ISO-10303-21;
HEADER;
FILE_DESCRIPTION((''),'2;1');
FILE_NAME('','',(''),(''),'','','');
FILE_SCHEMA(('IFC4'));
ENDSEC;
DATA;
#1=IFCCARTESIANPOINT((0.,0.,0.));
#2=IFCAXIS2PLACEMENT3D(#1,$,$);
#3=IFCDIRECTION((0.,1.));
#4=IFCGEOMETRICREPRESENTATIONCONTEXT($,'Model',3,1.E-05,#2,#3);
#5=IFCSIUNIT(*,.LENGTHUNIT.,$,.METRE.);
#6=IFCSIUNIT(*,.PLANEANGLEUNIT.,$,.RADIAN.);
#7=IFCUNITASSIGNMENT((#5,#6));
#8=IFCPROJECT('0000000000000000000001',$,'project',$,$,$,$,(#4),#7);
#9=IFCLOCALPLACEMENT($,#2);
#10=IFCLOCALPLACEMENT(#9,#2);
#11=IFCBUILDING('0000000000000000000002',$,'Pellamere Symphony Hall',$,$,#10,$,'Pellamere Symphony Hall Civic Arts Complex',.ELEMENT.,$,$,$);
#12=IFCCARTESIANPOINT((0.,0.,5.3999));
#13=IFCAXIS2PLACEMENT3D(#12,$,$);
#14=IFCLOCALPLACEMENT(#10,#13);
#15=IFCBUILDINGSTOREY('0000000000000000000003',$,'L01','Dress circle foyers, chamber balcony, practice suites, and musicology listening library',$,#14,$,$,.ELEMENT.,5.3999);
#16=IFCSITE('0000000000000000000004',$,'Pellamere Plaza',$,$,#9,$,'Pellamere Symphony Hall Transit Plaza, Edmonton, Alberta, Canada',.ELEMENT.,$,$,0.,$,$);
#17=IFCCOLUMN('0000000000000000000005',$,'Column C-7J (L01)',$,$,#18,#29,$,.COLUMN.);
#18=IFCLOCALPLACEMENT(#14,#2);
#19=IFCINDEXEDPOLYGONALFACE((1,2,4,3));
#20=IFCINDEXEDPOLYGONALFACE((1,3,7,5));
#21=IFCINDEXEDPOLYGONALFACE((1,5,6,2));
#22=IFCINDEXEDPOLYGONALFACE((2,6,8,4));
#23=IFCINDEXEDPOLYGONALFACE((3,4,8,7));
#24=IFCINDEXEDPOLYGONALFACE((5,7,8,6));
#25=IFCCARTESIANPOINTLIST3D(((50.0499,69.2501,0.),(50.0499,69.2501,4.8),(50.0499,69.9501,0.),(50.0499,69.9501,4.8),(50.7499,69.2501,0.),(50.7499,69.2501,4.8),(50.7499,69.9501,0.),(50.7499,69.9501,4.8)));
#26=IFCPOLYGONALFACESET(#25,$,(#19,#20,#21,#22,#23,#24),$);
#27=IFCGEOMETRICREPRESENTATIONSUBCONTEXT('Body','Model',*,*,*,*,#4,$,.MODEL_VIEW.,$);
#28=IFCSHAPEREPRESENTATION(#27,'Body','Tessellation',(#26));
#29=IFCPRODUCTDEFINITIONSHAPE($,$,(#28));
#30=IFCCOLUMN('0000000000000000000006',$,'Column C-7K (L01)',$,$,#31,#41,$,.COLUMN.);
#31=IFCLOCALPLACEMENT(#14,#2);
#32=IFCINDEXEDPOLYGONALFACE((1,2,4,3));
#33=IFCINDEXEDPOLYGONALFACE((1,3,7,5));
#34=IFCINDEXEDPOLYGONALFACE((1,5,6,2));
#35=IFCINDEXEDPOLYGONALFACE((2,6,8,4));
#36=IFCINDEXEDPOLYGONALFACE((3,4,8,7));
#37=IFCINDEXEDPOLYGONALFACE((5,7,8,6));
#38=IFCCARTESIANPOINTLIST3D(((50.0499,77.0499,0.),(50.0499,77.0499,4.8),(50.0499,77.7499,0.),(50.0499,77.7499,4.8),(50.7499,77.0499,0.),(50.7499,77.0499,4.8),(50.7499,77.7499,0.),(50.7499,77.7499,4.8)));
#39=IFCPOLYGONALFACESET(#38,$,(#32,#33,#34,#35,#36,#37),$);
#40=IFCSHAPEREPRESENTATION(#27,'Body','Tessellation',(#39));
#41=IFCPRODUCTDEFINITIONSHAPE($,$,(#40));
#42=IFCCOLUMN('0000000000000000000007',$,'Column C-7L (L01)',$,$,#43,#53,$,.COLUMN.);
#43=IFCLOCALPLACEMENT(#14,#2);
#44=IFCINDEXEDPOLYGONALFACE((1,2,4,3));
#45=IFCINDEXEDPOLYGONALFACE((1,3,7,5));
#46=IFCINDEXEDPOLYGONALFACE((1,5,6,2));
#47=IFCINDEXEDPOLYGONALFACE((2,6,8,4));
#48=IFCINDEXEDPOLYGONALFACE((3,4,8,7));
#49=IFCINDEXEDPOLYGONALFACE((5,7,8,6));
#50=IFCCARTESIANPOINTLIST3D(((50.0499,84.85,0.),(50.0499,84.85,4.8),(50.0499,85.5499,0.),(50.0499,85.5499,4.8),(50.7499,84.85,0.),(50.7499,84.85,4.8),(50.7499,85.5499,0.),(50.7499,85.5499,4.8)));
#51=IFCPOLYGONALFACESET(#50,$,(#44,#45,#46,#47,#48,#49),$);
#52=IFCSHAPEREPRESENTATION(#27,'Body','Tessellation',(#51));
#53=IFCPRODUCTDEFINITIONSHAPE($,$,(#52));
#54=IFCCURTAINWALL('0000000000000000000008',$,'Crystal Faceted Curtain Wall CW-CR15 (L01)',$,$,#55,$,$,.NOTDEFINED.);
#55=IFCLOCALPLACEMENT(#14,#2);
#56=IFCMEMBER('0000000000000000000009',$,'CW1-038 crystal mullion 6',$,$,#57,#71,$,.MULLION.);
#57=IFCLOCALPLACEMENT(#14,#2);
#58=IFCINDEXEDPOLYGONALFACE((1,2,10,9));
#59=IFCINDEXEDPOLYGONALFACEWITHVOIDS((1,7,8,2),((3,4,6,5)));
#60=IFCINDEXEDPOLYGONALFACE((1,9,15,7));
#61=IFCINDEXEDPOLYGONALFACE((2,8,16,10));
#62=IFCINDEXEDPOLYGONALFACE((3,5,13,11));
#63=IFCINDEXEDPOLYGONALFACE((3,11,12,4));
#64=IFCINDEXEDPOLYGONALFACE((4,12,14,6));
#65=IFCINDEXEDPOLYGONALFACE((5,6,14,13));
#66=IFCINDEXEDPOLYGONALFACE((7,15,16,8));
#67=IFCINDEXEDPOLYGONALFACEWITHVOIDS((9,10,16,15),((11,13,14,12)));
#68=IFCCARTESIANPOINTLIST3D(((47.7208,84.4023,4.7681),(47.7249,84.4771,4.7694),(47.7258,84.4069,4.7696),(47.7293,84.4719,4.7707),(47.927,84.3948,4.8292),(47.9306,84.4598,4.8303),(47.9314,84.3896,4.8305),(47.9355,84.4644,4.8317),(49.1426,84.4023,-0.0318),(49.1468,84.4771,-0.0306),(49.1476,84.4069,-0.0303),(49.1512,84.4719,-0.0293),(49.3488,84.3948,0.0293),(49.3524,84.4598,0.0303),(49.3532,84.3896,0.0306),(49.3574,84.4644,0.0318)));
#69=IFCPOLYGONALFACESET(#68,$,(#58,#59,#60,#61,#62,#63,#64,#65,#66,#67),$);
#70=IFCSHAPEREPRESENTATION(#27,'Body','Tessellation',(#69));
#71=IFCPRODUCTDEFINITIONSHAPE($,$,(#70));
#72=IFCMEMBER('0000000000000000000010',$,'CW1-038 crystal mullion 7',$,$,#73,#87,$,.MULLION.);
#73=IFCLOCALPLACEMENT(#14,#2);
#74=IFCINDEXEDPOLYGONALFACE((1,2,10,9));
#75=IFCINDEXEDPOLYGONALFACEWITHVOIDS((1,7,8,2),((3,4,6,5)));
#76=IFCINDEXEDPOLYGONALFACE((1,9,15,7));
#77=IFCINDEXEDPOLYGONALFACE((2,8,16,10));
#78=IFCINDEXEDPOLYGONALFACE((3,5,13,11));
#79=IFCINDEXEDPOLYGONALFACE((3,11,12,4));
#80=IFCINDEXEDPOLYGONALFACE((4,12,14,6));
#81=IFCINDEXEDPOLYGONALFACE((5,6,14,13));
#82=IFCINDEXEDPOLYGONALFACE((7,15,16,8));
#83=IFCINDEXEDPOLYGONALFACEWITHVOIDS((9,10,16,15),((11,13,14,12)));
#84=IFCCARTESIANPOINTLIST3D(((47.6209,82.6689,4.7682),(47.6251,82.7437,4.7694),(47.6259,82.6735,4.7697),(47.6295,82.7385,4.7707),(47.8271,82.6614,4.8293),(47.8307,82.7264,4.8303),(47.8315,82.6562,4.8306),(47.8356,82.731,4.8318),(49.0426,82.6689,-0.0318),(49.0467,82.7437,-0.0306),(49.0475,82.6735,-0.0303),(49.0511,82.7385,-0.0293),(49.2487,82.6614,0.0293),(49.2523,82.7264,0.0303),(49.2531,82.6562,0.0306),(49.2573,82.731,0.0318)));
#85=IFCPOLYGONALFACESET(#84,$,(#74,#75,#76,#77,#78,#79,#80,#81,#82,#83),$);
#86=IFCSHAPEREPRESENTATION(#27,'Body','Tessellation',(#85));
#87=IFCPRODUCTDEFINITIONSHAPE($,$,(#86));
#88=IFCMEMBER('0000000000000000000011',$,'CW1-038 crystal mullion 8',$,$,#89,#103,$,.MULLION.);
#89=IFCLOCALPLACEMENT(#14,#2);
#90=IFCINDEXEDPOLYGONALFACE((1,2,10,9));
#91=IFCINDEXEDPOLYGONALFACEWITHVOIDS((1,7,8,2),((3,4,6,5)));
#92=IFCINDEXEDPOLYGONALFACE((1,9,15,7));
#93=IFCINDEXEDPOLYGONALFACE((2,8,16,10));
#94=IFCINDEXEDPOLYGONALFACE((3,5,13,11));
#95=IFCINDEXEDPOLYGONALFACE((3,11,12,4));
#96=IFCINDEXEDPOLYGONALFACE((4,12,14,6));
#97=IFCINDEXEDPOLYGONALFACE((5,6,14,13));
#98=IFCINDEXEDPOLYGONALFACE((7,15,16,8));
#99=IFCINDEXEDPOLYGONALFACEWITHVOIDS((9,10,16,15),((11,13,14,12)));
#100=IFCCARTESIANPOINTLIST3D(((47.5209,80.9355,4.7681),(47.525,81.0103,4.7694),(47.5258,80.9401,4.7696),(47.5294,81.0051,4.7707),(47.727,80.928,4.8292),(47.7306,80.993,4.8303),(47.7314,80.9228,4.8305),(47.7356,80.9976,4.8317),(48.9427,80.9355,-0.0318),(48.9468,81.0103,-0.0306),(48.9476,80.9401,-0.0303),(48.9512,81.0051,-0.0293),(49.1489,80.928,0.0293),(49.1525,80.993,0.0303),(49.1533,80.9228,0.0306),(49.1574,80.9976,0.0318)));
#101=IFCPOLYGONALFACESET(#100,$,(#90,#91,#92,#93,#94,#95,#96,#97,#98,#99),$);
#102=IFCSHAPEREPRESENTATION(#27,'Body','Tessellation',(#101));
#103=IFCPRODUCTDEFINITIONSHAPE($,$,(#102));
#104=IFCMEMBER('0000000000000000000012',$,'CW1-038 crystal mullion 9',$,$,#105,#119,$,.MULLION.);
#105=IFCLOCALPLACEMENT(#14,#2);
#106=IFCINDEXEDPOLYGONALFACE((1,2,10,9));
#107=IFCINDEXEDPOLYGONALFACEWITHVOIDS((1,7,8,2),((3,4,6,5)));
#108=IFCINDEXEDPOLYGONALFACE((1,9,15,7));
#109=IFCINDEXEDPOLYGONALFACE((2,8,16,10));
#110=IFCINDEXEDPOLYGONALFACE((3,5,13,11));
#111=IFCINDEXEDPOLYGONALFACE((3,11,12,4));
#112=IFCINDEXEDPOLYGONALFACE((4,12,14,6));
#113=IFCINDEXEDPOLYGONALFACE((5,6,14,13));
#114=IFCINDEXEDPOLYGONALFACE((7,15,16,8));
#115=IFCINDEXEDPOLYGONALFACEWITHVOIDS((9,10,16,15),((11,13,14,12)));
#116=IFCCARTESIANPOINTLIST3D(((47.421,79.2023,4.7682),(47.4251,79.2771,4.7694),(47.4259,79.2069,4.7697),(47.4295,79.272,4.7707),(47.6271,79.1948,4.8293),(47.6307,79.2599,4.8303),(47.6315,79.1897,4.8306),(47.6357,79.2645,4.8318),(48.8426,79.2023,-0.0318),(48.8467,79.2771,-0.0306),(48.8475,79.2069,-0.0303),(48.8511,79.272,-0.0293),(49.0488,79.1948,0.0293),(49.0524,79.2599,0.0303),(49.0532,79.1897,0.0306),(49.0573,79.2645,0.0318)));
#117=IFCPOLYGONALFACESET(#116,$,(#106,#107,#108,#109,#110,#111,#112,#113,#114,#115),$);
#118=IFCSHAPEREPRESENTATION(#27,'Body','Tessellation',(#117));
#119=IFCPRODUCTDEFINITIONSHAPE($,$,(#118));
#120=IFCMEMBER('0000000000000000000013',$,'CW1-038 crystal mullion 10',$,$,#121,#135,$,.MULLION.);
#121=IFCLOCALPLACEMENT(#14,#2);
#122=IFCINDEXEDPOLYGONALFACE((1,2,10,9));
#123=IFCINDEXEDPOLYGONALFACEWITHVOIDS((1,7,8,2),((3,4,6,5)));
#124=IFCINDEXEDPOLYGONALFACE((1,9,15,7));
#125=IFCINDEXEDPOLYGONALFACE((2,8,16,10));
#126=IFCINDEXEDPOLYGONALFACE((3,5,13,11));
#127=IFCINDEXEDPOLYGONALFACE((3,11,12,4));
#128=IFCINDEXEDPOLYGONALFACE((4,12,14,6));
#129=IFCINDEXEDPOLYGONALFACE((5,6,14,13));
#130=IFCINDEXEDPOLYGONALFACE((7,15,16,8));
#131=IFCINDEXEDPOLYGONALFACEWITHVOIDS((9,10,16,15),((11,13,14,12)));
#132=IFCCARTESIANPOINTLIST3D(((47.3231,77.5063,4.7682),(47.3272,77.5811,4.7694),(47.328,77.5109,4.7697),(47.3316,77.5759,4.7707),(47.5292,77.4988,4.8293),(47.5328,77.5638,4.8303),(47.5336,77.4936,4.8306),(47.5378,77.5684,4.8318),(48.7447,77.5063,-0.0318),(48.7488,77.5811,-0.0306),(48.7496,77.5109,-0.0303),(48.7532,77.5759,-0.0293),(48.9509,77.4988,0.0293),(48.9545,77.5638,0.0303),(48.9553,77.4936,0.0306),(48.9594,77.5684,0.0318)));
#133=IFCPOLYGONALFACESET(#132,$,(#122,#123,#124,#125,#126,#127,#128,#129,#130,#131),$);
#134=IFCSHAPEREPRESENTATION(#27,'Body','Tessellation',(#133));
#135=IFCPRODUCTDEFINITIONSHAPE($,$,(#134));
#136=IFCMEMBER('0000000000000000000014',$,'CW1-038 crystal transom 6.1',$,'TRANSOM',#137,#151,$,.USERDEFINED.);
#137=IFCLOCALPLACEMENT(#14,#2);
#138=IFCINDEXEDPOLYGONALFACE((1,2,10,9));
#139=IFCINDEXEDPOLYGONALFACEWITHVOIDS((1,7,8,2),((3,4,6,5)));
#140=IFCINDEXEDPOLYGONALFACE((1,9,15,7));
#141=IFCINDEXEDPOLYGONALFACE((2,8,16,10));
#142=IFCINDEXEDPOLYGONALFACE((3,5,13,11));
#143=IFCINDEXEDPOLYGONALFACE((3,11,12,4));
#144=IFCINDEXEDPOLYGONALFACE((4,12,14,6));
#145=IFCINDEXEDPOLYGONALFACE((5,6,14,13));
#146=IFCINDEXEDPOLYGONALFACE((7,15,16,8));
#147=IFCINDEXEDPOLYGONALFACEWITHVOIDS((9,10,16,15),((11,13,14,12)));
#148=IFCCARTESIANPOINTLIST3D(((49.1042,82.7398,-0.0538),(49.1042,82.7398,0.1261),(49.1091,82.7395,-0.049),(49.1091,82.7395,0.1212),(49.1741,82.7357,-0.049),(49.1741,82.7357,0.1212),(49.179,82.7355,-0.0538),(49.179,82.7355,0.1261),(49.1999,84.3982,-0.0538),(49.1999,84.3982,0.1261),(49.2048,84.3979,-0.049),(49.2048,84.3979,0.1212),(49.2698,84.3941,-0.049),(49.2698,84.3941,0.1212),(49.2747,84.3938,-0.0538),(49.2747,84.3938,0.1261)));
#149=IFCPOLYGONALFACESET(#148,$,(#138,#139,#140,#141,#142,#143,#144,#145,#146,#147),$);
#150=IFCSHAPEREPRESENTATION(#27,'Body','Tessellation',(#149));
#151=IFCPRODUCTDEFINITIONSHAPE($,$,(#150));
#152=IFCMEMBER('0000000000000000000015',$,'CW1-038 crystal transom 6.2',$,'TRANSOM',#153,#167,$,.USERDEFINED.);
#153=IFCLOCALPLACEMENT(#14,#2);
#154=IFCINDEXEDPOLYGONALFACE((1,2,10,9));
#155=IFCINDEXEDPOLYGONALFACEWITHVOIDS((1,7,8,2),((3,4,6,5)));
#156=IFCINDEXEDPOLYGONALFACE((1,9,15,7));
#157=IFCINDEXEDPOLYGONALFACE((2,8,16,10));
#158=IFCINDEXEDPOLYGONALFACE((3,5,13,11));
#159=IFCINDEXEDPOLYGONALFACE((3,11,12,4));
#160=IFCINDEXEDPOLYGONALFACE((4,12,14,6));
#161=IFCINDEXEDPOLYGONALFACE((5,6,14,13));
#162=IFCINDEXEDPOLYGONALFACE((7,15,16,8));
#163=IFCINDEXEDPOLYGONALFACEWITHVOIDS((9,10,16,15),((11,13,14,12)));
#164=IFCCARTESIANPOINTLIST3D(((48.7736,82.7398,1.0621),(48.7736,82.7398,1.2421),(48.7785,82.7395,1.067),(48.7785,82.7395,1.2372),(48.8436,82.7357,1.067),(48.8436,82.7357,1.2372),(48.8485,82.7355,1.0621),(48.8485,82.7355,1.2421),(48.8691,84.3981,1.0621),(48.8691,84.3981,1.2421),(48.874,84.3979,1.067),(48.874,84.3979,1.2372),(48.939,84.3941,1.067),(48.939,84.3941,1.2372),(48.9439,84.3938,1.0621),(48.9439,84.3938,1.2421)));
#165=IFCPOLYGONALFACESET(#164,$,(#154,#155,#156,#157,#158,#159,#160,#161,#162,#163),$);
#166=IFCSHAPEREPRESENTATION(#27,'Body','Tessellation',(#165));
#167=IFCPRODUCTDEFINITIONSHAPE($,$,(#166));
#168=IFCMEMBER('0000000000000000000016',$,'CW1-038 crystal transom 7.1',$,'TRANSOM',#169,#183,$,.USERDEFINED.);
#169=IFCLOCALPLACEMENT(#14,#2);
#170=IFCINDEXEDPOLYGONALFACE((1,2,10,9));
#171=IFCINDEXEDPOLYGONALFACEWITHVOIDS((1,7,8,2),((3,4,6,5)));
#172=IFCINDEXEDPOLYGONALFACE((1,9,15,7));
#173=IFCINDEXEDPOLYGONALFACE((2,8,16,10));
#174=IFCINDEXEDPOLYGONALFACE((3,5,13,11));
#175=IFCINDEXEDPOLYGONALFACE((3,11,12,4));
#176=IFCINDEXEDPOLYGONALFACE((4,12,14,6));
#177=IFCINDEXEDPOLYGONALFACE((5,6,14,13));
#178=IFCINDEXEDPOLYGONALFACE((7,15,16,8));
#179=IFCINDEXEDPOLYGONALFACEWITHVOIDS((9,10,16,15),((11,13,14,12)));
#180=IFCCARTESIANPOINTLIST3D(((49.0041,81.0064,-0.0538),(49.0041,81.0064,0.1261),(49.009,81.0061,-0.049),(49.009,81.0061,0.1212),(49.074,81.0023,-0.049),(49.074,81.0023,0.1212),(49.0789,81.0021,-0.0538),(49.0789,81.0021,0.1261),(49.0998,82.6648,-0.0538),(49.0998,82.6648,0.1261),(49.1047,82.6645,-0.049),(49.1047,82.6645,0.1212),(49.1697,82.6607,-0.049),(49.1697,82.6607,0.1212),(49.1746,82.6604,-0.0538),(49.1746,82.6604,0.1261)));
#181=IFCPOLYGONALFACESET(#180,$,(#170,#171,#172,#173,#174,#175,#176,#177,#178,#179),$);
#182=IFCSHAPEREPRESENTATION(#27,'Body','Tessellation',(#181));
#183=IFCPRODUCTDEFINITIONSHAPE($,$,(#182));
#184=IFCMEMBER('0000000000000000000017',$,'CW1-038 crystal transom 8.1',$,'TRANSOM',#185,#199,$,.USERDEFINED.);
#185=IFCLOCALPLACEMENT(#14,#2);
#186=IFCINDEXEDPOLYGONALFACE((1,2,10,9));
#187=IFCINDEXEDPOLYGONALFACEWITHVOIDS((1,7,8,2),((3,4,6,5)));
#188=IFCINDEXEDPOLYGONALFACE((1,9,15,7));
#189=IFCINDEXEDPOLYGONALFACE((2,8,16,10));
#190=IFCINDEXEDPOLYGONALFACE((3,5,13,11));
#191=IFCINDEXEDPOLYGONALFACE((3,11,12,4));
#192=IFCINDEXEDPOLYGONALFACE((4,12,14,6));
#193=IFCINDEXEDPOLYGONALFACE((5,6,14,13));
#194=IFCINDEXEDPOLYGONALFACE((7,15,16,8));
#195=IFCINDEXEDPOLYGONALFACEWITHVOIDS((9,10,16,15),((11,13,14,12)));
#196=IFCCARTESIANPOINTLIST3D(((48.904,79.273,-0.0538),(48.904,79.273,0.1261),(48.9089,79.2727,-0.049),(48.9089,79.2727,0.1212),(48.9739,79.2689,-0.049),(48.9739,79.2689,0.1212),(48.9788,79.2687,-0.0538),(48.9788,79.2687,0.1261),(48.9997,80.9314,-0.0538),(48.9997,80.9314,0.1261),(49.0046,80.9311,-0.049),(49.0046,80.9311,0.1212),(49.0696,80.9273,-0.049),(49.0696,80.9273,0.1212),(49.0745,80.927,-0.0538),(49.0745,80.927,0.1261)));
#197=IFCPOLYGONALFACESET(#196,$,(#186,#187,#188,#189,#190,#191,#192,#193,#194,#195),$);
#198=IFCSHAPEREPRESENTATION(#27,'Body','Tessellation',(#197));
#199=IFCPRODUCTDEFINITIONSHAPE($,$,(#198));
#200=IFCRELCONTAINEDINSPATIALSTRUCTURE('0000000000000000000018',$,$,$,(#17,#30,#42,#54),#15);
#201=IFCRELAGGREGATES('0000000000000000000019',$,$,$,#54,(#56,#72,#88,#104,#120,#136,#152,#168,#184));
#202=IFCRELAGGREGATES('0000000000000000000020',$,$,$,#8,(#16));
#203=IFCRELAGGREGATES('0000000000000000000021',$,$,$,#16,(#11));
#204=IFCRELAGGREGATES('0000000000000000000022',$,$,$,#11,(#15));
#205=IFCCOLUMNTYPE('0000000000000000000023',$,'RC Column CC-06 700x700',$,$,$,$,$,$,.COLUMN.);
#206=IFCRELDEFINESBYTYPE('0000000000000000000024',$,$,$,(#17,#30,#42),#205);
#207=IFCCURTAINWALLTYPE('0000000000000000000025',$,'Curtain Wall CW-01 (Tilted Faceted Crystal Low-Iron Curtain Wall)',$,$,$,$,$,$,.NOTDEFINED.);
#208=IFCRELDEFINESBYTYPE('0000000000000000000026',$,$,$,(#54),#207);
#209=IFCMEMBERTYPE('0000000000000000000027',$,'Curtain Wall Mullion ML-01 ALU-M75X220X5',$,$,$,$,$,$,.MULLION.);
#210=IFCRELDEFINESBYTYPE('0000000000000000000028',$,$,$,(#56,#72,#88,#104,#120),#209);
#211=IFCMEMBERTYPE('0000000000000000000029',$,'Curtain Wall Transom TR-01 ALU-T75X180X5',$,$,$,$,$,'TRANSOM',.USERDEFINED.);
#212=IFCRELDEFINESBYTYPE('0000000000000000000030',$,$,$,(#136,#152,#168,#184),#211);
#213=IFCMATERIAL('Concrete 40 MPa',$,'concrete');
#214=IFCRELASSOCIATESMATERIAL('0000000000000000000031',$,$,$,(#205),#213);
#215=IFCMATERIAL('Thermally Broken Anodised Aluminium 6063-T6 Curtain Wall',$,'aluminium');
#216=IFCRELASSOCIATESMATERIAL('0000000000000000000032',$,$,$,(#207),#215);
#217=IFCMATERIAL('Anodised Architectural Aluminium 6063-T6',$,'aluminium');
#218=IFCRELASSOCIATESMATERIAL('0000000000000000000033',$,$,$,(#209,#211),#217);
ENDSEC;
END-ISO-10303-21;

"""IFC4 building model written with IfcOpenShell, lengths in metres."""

from ifc_helpers import new_model, si_unit, direction, frame, origin, origin_2d, place, context, subcontext, project, spatial, rectangle, hollow_rectangle, extrude, material, material_profile, profile_set, type_object, element, aggregate, save


model = new_model("IFC4")

# Units and contexts
model_context = context("Model", 3, precision=1e-05, world=origin(), true_north=direction((0.0, 1.0)))
body_context = subcontext(model_context, "Body", "Model", "MODEL_VIEW")
ifc_project = project(units=[si_unit("LENGTHUNIT", "METRE"), si_unit("PLANEANGLEUNIT", "RADIAN")], contexts=[model_context])

# Site, building, storey
site_placement = place(None, origin())
site = spatial("IfcSite", under=ifc_project, at=site_placement, Name="Pellamere Plaza", LongName="Pellamere Symphony Hall Transit Plaza, Edmonton, Alberta, Canada", CompositionType="ELEMENT", RefElevation=0.0)
building_placement = place(site_placement, origin())
building = spatial("IfcBuilding", under=site, at=building_placement, Name="Pellamere Symphony Hall", LongName="Pellamere Symphony Hall Civic Arts Complex", CompositionType="ELEMENT")
storey_placement = place(building_placement, frame((0.0, 0.0, 5.3999)))
storey = spatial("IfcBuildingStorey", under=building, at=storey_placement, Name="L01", Description="Dress circle foyers, chamber balcony, practice suites, and musicology listening library", CompositionType="ELEMENT", Elevation=5.3999)

# Columns
ifc_material_1 = material(Name="Concrete 40 MPa", Category="concrete")
ifc_material_profile_1 = material_profile(ifc_material_1, rectangle(XDim=0.7, YDim=0.7, at=origin_2d()), Name="RC 700x700")
ifc_profile_set_1 = profile_set([ifc_material_profile_1], Name="Concrete 40 MPa")
column_type = type_object("IfcColumnType", Name="RC Column CC-06 700x700", PredefinedType="COLUMN", material=ifc_profile_set_1)
for number, where, z_axis, x_axis, name in (
    (1, (50.3999, 69.6001, 0.0), (0.0, 0.0, 1.0), (1.0, 0.0, 0.0), "Column C-7J (L01)"),
    (2, (50.3999, 77.3999, 0.0), (0.0, 0.0, 1.0), (1.0, 0.0, 0.0), "Column C-7K (L01)"),
    (3, (50.3999, 85.2, 0.0), (0.0, 0.0, 1.0), (1.0, 0.0, 0.0), "Column C-7L (L01)"),
):
    element("IfcColumn", number, at=place(storey_placement, frame(where, z_axis=z_axis, x_axis=x_axis)), inside=storey, type_object=column_type, Name=name, PredefinedType="COLUMN", context=body_context, shape_type="SweptSolid", body=[
        extrude(rectangle(XDim=0.7, YDim=0.7, at=origin_2d()), origin(), (0.0, 0.0, 1.0), 4.8),
    ])

# Curtain wall, members
ifc_material_2 = material(Name="Thermally Broken Anodised Aluminium 6063-T6 Curtain Wall", Category="aluminium")
curtain_wall_type = type_object("IfcCurtainWallType", Name="Curtain Wall CW-01 (Tilted Faceted Crystal Low-Iron Curtain Wall)", PredefinedType="NOTDEFINED", material=ifc_material_2)
curtain_wall_1_placement = place(storey_placement, origin())
curtain_wall_1 = element("IfcCurtainWall", 4, at=curtain_wall_1_placement, inside=storey, type_object=curtain_wall_type, Name="Crystal Faceted Curtain Wall CW-CR15 (L01)", PredefinedType="NOTDEFINED")
ifc_material_3 = material(Name="Anodised Architectural Aluminium 6063-T6", Category="aluminium")
ifc_material_profile_2 = material_profile(ifc_material_3, hollow_rectangle(XDim=0.075, YDim=0.22, WallThickness=0.0049, at=origin_2d()), Name="ALU-M75X220X5")
ifc_profile_set_2 = profile_set([ifc_material_profile_2], Name="Anodised Architectural Aluminium 6063-T6")
member_type_1 = type_object("IfcMemberType", Name="Curtain Wall Mullion ML-01 ALU-M75X220X5", PredefinedType="MULLION", material=ifc_profile_set_2)
member_1_placement = place(storey_placement, frame((49.25, 84.4333, 0.0), z_axis=(-0.284022, 0.0, 0.958818), x_axis=(-0.055225, -0.99834, -0.016359)))
member_1 = element("IfcMember", 5, at=member_1_placement, type_object=member_type_1, Name="CW1-038 crystal mullion 6", PredefinedType="MULLION", context=body_context, shape_type="SweptSolid", body=[
    extrude(hollow_rectangle(XDim=0.075, YDim=0.22, WallThickness=0.0049, at=origin_2d()), origin(), (0.0, 0.0, 1.0), 5.0061),
])
member_2_placement = place(storey_placement, frame((49.1499, 82.7, 0.0), z_axis=(-0.283977, 0.0, 0.958831), x_axis=(-0.055225, -0.99834, -0.016356)))
member_2 = element("IfcMember", 6, at=member_2_placement, type_object=member_type_1, Name="CW1-038 crystal mullion 7", PredefinedType="MULLION", context=body_context, shape_type="SweptSolid", body=[
    extrude(hollow_rectangle(XDim=0.075, YDim=0.22, WallThickness=0.0049, at=origin_2d()), origin(), (0.0, 0.0, 1.0), 5.0061),
])
member_3_placement = place(storey_placement, frame((49.05, 80.9666, 0.0), z_axis=(-0.284022, 0.0, 0.958818), x_axis=(-0.055225, -0.99834, -0.016359)))
member_3 = element("IfcMember", 7, at=member_3_placement, type_object=member_type_1, Name="CW1-038 crystal mullion 8", PredefinedType="MULLION", context=body_context, shape_type="SweptSolid", body=[
    extrude(hollow_rectangle(XDim=0.075, YDim=0.22, WallThickness=0.0049, at=origin_2d()), origin(), (0.0, 0.0, 1.0), 5.0061),
])
member_4_placement = place(storey_placement, frame((48.95, 79.2334, 0.0), z_axis=(-0.283977, 0.0, 0.958831), x_axis=(-0.055225, -0.99834, -0.016356)))
member_4 = element("IfcMember", 8, at=member_4_placement, type_object=member_type_1, Name="CW1-038 crystal mullion 9", PredefinedType="MULLION", context=body_context, shape_type="SweptSolid", body=[
    extrude(hollow_rectangle(XDim=0.075, YDim=0.22, WallThickness=0.0049, at=origin_2d()), origin(), (0.0, 0.0, 1.0), 5.0061),
])
member_5_placement = place(storey_placement, frame((48.8521, 77.5374, 0.0), z_axis=(-0.283977, 0.0, 0.958831), x_axis=(-0.055225, -0.99834, -0.016356)))
member_5 = element("IfcMember", 9, at=member_5_placement, type_object=member_type_1, Name="CW1-038 crystal mullion 10", PredefinedType="MULLION", context=body_context, shape_type="SweptSolid", body=[
    extrude(hollow_rectangle(XDim=0.075, YDim=0.22, WallThickness=0.0049, at=origin_2d()), origin(), (0.0, 0.0, 1.0), 5.0061),
])
ifc_material_profile_3 = material_profile(ifc_material_3, hollow_rectangle(XDim=0.075, YDim=0.1799, WallThickness=0.0049, at=origin_2d()), Name="ALU-T75X180X5")
ifc_profile_set_3 = profile_set([ifc_material_profile_3], Name="Anodised Architectural Aluminium 6063-T6")
member_type_2 = type_object("IfcMemberType", Name="Curtain Wall Transom TR-01 ALU-T75X180X5", ElementType="TRANSOM", PredefinedType="USERDEFINED", material=ifc_profile_set_3)
member_6_placement = place(storey_placement, frame((49.2373, 84.396, 0.0361), z_axis=(-0.057611, -0.998339, 0.0), x_axis=(0.998339, -0.057611, 0.0)))
member_6 = element("IfcMember", 10, at=member_6_placement, type_object=member_type_2, Name="CW1-038 crystal transom 6.1", ObjectType="TRANSOM", PredefinedType="USERDEFINED", context=body_context, shape_type="SweptSolid", body=[
    extrude(hollow_rectangle(XDim=0.075, YDim=0.1799, WallThickness=0.0049, at=origin_2d()), origin(), (0.0, 0.0, 1.0), 1.6611),
])
member_7_placement = place(storey_placement, frame((48.9065, 84.396, 1.1521), z_axis=(-0.057464, -0.998348, 0.0), x_axis=(0.998348, -0.057464, 0.0)))
member_7 = element("IfcMember", 11, at=member_7_placement, type_object=member_type_2, Name="CW1-038 crystal transom 6.2", ObjectType="TRANSOM", PredefinedType="USERDEFINED", context=body_context, shape_type="SweptSolid", body=[
    extrude(hollow_rectangle(XDim=0.075, YDim=0.1799, WallThickness=0.0049, at=origin_2d()), origin(), (0.0, 0.0, 1.0), 1.6611),
])
member_8_placement = place(storey_placement, frame((49.1372, 82.6626, 0.0361), z_axis=(-0.057611, -0.998339, 0.0), x_axis=(0.998339, -0.057611, 0.0)))
member_8 = element("IfcMember", 12, at=member_8_placement, type_object=member_type_2, Name="CW1-038 crystal transom 7.1", ObjectType="TRANSOM", PredefinedType="USERDEFINED", context=body_context, shape_type="SweptSolid", body=[
    extrude(hollow_rectangle(XDim=0.075, YDim=0.1799, WallThickness=0.0049, at=origin_2d()), origin(), (0.0, 0.0, 1.0), 1.6611),
])
member_9_placement = place(storey_placement, frame((49.0371, 80.9292, 0.0361), z_axis=(-0.057611, -0.998339, 0.0), x_axis=(0.998339, -0.057611, 0.0)))
member_9 = element("IfcMember", 13, at=member_9_placement, type_object=member_type_2, Name="CW1-038 crystal transom 8.1", ObjectType="TRANSOM", PredefinedType="USERDEFINED", context=body_context, shape_type="SweptSolid", body=[
    extrude(hollow_rectangle(XDim=0.075, YDim=0.1799, WallThickness=0.0049, at=origin_2d()), origin(), (0.0, 0.0, 1.0), 1.6611),
])

aggregate(curtain_wall_1, [member_1, member_2, member_3, member_4, member_5, member_6, member_7, member_8, member_9])

save(model, "model.ifc")
